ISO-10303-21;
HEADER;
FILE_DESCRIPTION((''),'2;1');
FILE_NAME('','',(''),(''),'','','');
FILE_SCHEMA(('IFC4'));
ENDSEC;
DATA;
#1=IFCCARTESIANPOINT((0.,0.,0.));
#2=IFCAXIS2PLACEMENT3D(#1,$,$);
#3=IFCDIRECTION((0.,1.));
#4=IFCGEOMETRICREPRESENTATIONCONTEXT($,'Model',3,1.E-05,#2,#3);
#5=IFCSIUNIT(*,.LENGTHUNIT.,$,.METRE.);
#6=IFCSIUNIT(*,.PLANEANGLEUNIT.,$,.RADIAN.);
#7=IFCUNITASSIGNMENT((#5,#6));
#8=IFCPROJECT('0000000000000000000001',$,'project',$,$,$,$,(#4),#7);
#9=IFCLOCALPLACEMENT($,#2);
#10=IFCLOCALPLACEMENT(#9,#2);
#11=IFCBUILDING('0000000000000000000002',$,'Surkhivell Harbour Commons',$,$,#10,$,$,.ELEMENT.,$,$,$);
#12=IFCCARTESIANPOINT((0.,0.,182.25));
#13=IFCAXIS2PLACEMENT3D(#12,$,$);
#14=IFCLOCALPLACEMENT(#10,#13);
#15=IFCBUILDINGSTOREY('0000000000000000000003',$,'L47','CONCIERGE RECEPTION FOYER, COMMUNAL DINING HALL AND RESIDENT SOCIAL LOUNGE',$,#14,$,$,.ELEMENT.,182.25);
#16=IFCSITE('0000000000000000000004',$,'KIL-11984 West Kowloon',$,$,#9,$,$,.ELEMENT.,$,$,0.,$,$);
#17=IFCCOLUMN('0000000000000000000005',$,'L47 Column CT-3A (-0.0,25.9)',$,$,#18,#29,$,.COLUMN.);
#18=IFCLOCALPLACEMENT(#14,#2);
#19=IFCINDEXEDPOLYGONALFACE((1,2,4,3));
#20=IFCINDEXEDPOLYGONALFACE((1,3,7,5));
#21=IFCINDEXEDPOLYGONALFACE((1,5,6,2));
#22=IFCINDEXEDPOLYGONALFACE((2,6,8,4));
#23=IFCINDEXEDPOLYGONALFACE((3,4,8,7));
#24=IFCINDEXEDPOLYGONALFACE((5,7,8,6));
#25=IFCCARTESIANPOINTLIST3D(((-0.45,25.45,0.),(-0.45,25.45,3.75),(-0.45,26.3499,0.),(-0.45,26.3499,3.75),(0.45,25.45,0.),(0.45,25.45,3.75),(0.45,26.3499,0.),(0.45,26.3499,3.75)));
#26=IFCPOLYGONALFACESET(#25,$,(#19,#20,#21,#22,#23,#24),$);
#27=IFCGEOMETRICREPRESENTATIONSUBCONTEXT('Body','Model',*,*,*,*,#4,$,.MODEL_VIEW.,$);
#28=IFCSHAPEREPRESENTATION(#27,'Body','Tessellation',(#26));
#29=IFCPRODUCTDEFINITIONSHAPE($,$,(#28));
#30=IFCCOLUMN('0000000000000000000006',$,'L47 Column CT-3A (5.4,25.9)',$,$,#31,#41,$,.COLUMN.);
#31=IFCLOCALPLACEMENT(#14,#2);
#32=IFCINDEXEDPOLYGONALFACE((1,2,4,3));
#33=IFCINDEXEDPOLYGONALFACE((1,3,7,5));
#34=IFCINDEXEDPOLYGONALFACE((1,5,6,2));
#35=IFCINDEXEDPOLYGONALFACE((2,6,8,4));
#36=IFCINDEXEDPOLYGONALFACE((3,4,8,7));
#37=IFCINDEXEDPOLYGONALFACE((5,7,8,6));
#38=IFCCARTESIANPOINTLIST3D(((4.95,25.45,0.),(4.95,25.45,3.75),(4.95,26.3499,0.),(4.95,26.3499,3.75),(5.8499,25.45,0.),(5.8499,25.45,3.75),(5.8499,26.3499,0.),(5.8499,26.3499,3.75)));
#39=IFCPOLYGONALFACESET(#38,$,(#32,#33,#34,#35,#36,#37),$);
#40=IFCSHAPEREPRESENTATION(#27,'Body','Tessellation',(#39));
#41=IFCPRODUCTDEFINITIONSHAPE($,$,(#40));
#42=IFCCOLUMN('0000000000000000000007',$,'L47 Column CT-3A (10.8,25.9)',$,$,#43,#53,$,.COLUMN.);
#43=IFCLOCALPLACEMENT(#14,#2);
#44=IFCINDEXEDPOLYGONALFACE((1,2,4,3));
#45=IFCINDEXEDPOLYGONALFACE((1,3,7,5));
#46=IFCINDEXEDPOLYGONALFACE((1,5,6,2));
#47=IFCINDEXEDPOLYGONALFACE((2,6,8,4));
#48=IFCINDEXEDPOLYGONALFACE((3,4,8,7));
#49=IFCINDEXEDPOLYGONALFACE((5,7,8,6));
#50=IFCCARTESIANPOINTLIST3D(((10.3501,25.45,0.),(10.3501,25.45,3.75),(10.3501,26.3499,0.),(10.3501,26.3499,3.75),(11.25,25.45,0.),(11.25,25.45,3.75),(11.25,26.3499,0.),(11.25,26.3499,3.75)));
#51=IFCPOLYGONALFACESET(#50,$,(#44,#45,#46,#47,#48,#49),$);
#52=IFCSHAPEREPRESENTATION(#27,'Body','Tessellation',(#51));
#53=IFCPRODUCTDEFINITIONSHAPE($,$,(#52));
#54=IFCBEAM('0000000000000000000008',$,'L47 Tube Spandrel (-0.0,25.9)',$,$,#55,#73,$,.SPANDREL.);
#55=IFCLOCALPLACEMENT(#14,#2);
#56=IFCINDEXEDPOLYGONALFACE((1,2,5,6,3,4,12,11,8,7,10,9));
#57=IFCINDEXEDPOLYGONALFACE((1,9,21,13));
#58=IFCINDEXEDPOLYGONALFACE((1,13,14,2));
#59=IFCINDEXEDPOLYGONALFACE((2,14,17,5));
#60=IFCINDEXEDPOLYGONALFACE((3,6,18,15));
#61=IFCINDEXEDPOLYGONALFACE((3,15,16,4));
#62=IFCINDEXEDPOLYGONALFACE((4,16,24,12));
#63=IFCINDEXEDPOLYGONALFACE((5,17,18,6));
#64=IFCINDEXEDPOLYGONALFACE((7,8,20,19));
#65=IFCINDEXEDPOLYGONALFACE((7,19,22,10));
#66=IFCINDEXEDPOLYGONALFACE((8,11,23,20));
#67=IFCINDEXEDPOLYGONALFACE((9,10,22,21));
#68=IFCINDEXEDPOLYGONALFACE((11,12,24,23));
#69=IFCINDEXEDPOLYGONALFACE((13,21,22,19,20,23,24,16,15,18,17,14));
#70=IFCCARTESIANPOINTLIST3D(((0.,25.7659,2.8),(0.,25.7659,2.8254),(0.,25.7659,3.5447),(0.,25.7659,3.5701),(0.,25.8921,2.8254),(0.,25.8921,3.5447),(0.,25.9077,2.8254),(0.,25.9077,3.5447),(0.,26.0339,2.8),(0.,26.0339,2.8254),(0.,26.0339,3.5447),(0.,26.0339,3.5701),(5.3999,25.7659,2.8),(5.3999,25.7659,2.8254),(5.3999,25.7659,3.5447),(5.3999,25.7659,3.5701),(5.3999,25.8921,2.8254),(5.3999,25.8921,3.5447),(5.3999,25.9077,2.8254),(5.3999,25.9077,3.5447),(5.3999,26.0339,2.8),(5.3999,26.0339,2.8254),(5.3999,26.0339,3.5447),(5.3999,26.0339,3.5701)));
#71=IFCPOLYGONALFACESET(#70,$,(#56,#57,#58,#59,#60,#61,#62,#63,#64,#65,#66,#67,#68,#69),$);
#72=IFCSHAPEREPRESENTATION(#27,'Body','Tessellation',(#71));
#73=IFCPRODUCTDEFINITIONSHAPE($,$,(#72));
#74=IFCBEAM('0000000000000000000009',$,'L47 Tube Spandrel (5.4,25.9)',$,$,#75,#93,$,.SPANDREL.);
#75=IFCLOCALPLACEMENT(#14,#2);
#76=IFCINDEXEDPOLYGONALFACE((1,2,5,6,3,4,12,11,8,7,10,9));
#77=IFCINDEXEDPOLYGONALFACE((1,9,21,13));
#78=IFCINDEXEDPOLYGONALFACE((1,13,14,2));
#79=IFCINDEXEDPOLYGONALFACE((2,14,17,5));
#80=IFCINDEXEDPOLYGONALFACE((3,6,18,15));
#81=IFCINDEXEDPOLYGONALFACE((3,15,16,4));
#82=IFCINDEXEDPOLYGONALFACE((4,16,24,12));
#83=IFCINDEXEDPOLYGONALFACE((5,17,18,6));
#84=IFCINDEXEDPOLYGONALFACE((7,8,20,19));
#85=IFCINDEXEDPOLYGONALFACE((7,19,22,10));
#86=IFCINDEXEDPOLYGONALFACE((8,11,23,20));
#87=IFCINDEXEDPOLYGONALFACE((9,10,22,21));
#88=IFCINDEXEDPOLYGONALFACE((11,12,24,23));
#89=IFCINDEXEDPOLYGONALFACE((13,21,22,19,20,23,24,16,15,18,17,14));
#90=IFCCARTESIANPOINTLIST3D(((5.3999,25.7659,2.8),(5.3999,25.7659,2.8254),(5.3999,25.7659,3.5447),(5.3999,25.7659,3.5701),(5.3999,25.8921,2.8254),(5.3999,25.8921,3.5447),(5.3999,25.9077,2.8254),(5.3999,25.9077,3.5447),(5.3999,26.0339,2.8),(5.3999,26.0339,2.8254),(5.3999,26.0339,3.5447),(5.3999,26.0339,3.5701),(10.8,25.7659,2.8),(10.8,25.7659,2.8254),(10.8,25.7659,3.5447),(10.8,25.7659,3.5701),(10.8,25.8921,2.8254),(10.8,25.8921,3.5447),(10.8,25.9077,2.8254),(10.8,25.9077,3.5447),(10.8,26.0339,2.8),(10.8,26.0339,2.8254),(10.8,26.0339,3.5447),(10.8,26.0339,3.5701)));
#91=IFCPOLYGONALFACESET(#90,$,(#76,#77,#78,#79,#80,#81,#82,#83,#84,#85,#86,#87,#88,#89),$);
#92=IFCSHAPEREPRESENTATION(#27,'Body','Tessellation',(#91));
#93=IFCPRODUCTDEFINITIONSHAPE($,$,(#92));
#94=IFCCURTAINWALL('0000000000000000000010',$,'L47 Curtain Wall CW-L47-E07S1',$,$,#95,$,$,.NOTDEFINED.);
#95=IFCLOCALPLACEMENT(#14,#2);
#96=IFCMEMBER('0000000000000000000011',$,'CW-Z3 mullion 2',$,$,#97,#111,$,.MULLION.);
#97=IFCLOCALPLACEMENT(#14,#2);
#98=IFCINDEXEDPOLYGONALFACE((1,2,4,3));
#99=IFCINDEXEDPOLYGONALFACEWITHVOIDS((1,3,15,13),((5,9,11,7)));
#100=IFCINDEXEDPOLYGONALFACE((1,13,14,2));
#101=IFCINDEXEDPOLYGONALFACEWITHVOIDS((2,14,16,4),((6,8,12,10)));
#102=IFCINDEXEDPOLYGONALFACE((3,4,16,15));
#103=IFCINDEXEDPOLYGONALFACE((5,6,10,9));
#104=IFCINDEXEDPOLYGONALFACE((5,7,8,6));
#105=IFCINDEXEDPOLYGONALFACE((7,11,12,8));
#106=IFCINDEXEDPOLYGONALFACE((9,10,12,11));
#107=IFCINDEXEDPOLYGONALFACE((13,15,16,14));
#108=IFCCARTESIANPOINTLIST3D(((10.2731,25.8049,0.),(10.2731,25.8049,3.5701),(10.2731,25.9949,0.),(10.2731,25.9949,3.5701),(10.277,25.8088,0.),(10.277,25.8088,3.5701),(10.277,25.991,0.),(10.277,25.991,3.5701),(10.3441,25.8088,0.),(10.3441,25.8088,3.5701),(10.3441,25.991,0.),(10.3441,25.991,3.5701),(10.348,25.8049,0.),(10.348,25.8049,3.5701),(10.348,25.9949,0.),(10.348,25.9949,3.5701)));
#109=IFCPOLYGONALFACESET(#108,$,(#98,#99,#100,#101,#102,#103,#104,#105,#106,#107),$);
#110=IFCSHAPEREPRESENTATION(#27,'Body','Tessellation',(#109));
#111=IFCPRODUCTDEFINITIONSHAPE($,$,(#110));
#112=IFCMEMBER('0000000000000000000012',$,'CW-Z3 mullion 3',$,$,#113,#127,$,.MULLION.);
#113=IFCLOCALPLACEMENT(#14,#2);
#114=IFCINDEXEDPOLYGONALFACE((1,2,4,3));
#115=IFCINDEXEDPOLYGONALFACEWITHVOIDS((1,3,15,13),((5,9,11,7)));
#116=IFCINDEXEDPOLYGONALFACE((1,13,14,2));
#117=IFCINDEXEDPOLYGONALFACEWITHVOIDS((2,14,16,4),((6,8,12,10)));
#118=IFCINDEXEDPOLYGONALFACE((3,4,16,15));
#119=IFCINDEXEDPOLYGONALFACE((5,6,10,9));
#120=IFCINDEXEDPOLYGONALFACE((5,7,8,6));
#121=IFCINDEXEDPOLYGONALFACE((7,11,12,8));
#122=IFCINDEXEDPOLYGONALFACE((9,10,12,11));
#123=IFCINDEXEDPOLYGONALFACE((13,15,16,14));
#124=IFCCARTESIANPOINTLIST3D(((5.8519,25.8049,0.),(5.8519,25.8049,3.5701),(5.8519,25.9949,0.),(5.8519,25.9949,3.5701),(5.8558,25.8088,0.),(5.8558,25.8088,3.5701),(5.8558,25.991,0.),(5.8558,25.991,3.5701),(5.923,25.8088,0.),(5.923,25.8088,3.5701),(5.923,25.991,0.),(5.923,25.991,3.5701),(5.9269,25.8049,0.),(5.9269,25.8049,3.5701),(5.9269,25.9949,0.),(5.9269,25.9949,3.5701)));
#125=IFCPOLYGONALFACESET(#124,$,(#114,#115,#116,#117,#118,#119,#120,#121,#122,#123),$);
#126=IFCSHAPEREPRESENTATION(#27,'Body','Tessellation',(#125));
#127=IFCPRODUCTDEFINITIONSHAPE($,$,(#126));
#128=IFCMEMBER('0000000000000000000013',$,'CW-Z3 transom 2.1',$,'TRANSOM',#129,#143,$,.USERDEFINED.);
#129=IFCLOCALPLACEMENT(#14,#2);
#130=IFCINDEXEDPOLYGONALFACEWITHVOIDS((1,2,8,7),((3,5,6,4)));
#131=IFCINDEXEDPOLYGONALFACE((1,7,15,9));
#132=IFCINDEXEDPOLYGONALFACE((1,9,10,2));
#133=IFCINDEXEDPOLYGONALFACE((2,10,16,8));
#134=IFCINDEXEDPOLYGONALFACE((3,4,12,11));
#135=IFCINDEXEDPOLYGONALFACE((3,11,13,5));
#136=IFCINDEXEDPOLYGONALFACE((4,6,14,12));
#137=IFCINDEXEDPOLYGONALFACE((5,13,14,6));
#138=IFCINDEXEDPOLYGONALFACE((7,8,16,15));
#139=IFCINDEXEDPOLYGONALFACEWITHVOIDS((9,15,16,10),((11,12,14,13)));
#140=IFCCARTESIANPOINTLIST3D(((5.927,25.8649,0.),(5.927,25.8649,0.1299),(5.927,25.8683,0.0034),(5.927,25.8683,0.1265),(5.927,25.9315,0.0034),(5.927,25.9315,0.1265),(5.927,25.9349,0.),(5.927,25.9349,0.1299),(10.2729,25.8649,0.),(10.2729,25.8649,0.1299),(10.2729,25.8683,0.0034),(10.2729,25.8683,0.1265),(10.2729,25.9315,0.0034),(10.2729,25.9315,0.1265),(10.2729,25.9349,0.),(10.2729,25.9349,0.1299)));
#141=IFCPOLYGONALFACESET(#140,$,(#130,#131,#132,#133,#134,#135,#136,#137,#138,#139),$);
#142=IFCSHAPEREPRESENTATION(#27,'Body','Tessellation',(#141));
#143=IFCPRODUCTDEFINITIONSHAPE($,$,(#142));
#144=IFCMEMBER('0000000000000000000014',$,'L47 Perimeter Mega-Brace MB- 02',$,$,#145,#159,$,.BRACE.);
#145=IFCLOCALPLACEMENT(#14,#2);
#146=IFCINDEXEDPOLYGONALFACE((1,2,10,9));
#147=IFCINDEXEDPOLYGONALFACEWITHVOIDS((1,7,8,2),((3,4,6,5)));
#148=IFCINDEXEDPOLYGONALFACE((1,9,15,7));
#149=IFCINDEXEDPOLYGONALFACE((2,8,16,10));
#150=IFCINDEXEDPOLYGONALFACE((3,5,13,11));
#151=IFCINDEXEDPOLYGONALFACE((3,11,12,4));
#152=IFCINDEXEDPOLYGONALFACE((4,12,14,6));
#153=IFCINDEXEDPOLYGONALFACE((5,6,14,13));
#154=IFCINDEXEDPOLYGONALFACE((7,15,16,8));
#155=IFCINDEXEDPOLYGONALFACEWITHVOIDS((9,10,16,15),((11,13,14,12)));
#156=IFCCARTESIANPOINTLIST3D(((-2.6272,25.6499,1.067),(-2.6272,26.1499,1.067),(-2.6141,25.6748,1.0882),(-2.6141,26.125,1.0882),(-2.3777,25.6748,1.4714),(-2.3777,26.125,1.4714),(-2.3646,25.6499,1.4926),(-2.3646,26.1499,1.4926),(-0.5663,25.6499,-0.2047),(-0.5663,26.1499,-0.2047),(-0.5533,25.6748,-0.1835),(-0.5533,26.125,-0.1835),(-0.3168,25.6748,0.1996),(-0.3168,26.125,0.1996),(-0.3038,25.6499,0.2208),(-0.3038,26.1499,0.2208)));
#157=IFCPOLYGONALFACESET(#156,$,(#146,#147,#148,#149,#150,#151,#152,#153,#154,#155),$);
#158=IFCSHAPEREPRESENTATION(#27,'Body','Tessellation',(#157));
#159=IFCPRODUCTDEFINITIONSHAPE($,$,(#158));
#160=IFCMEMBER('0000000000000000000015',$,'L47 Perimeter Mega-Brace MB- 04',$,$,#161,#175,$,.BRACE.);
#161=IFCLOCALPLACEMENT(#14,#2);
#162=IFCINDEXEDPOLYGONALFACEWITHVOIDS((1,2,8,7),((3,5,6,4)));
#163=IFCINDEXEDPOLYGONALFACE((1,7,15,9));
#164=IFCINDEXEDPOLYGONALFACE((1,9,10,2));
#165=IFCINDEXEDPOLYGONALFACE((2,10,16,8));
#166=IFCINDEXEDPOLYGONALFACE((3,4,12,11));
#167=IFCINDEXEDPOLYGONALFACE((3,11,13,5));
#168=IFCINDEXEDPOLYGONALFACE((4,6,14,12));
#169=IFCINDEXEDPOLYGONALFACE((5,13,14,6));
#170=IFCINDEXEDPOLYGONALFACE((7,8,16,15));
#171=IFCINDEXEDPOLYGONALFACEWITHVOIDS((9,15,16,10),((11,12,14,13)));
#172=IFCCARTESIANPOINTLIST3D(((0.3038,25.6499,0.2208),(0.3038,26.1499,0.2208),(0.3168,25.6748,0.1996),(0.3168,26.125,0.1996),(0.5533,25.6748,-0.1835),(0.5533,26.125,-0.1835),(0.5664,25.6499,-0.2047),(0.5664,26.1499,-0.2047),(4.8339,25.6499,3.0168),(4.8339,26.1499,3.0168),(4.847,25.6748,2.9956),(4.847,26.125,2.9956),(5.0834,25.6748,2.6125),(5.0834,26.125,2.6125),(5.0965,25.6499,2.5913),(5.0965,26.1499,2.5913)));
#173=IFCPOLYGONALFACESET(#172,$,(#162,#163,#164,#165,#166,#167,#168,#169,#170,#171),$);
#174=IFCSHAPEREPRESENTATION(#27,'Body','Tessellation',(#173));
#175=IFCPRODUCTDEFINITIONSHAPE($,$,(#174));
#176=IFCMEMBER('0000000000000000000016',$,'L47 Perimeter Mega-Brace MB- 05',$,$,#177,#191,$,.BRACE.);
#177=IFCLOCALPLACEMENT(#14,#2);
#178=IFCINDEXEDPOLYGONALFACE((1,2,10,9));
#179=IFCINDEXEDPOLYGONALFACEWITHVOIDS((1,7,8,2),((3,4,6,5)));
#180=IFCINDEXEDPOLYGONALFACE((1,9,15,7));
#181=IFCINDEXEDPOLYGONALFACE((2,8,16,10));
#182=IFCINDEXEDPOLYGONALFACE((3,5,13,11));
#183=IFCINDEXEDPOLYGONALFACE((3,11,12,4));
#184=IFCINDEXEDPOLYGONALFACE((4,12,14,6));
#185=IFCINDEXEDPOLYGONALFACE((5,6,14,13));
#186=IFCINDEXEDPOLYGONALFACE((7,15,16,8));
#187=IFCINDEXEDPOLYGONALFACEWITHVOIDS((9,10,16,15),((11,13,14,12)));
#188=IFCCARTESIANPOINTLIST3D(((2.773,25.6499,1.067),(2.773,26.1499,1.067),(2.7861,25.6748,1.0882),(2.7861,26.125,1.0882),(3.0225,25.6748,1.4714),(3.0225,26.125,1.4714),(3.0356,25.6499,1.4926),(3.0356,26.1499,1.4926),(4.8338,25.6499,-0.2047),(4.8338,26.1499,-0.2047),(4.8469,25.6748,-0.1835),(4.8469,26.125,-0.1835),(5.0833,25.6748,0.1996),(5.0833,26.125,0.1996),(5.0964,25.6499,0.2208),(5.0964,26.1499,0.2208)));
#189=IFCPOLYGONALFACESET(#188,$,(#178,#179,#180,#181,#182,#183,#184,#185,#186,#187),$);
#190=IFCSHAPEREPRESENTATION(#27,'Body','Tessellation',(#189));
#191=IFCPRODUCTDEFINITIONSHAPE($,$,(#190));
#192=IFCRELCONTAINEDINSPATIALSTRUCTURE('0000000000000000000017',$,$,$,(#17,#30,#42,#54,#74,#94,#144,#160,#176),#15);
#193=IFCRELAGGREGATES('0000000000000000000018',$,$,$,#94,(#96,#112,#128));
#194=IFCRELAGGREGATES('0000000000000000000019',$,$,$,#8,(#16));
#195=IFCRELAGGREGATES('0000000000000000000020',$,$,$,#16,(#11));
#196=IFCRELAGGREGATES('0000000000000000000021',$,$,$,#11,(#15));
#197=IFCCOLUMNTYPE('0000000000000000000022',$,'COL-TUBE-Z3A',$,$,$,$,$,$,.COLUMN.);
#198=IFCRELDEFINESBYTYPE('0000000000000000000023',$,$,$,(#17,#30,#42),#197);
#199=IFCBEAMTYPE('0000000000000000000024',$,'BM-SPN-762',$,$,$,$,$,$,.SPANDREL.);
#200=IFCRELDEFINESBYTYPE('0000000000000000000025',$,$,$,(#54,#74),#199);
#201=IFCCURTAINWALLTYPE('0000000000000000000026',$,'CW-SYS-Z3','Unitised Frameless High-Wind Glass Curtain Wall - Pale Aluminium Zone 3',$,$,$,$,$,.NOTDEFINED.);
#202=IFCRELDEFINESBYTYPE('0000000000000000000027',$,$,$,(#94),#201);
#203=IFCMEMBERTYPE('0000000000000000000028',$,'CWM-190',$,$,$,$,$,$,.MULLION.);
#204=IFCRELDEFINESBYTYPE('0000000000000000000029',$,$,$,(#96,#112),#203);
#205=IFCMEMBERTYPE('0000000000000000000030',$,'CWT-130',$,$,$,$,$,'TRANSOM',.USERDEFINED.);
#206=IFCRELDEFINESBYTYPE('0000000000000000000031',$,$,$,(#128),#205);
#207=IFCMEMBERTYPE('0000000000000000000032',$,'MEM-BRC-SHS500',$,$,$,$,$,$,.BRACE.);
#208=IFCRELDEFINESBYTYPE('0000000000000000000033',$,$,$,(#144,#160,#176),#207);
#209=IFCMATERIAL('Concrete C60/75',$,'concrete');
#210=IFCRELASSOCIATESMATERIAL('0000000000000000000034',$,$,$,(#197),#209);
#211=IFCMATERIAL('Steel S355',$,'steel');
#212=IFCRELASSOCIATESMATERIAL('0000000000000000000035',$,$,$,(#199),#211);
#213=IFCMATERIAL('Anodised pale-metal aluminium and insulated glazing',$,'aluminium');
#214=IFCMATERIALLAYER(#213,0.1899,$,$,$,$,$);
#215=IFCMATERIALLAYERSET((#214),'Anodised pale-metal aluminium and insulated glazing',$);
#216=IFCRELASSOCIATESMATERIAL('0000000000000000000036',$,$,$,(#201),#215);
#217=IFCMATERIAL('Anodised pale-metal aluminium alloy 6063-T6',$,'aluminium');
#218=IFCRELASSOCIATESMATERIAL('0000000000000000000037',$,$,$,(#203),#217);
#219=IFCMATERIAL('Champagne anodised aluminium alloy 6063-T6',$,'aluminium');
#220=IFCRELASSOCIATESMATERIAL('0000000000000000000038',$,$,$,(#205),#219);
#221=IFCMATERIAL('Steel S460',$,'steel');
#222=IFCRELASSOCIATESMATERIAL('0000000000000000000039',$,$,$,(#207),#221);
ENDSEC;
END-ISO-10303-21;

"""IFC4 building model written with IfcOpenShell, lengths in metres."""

from ifc_helpers import new_model, si_unit, direction, frame, origin, origin_2d, place, context, subcontext, project, spatial, rectangle, hollow_rectangle, i_section, extrude, material, layer, layer_set, material_profile, profile_set, type_object, element, aggregate, save


model = new_model("IFC4")

# Units and contexts
model_context = context("Model", 3, precision=1e-05, world=origin(), true_north=direction((0.0, 1.0)))
body_context = subcontext(model_context, "Body", "Model", "MODEL_VIEW")
ifc_project = project(units=[si_unit("LENGTHUNIT", "METRE"), si_unit("PLANEANGLEUNIT", "RADIAN")], contexts=[model_context])

# Site, building, storey
site_placement = place(None, origin())
site = spatial("IfcSite", under=ifc_project, at=site_placement, Name="KIL-11984 West Kowloon", CompositionType="ELEMENT", RefElevation=0.0)
building_placement = place(site_placement, origin())
building = spatial("IfcBuilding", under=site, at=building_placement, Name="Surkhivell Harbour Commons", CompositionType="ELEMENT")
storey_placement = place(building_placement, frame((0.0, 0.0, 182.25)))
storey = spatial("IfcBuildingStorey", under=building, at=storey_placement, Name="L47", Description="CONCIERGE RECEPTION FOYER, COMMUNAL DINING HALL AND RESIDENT SOCIAL LOUNGE", CompositionType="ELEMENT", Elevation=182.25)

# Columns
ifc_material_1 = material(Name="Concrete C60/75", Category="concrete")
ifc_material_profile_1 = material_profile(ifc_material_1, rectangle(XDim=0.8999, YDim=0.8999, at=origin_2d()), Name="RC-COL-900x900")
ifc_profile_set_1 = profile_set([ifc_material_profile_1], Name="Concrete C60/75")
column_type = type_object("IfcColumnType", Name="COL-TUBE-Z3A", PredefinedType="COLUMN", material=ifc_profile_set_1)
for number, where, z_axis, x_axis, name in (
    (1, (0.0, 25.8999, 0.0), (0.0, 0.0, 1.0), (1.0, 0.0, 0.0), "L47 Column CT-3A (-0.0,25.9)"),
    (2, (5.3999, 25.8999, 0.0), (0.0, 0.0, 1.0), (1.0, 0.0, 0.0), "L47 Column CT-3A (5.4,25.9)"),
    (3, (10.8, 25.8999, 0.0), (0.0, 0.0, 1.0), (1.0, 0.0, 0.0), "L47 Column CT-3A (10.8,25.9)"),
):
    element("IfcColumn", number, at=place(storey_placement, frame(where, z_axis=z_axis, x_axis=x_axis)), inside=storey, type_object=column_type, Name=name, PredefinedType="COLUMN", context=body_context, shape_type="SweptSolid", body=[
        extrude(rectangle(XDim=0.8999, YDim=0.8999, at=origin_2d()), origin(), (0.0, 0.0, 1.0), 3.75),
    ])

# Beams
ifc_material_2 = material(Name="Steel S355", Category="steel")
ifc_material_profile_2 = material_profile(ifc_material_2, i_section(OverallWidth=0.2681, OverallDepth=0.77, WebThickness=0.0156, FlangeThickness=0.0254, at=origin_2d()), Name="UB762x267x197")
ifc_profile_set_2 = profile_set([ifc_material_profile_2], Name="Steel S355")
beam_type = type_object("IfcBeamType", Name="BM-SPN-762", PredefinedType="SPANDREL", material=ifc_profile_set_2)
beam_1_placement = place(storey_placement, frame((0.0, 25.8999, 3.1851), z_axis=(1.0, 0.0, 0.0), x_axis=(0.0, 1.0, 0.0)))
element("IfcBeam", 4, at=beam_1_placement, inside=storey, type_object=beam_type, Name="L47 Tube Spandrel (-0.0,25.9)", PredefinedType="SPANDREL", context=body_context, shape_type="SweptSolid", body=[
    extrude(i_section(OverallWidth=0.2681, OverallDepth=0.77, WebThickness=0.0156, FlangeThickness=0.0254, at=origin_2d()), origin(), (0.0, 0.0, 1.0), 5.3999),
])
beam_2_placement = place(storey_placement, frame((5.3999, 25.8999, 3.1851), z_axis=(1.0, 0.0, 0.0), x_axis=(0.0, 1.0, 0.0)))
element("IfcBeam", 5, at=beam_2_placement, inside=storey, type_object=beam_type, Name="L47 Tube Spandrel (5.4,25.9)", PredefinedType="SPANDREL", context=body_context, shape_type="SweptSolid", body=[
    extrude(i_section(OverallWidth=0.2681, OverallDepth=0.77, WebThickness=0.0156, FlangeThickness=0.0254, at=origin_2d()), origin(), (0.0, 0.0, 1.0), 5.4001),
])

# Curtain wall, members
ifc_material_3 = material(Name="Anodised pale-metal aluminium and insulated glazing", Category="aluminium")
ifc_layer_1 = layer(ifc_material_3, 0.1899)
ifc_layer_set_1 = layer_set([ifc_layer_1], Name="Anodised pale-metal aluminium and insulated glazing")
curtain_wall_type = type_object("IfcCurtainWallType", Name="CW-SYS-Z3", Description="Unitised Frameless High-Wind Glass Curtain Wall - Pale Aluminium Zone 3", PredefinedType="NOTDEFINED", material=ifc_layer_set_1)
curtain_wall_placement = place(storey_placement, origin())
curtain_wall = element("IfcCurtainWall", 6, at=curtain_wall_placement, inside=storey, type_object=curtain_wall_type, Name="L47 Curtain Wall CW-L47-E07S1", PredefinedType="NOTDEFINED")
ifc_material_4 = material(Name="Anodised pale-metal aluminium alloy 6063-T6", Category="aluminium")
ifc_material_profile_3 = material_profile(ifc_material_4, hollow_rectangle(XDim=0.075, YDim=0.1899, WallThickness=0.0039, at=origin_2d()), Name="ALU-MULL-75x190")
ifc_profile_set_3 = profile_set([ifc_material_profile_3], Name="Anodised pale-metal aluminium alloy 6063-T6")
member_type_1 = type_object("IfcMemberType", Name="CWM-190", PredefinedType="MULLION", material=ifc_profile_set_3)
member_1_placement = place(storey_placement, frame((10.3105, 25.8999, 0.0), z_axis=(0.0, 0.0, 1.0), x_axis=(-1.0, 0.0, 0.0)))
member_1 = element("IfcMember", 7, at=member_1_placement, type_object=member_type_1, Name="CW-Z3 mullion 2", PredefinedType="MULLION", context=body_context, shape_type="SweptSolid", body=[
    extrude(hollow_rectangle(XDim=0.075, YDim=0.1899, WallThickness=0.0039, at=origin_2d()), origin(), (0.0, 0.0, 1.0), 3.5701),
])
member_2_placement = place(storey_placement, frame((5.8894, 25.8999, 0.0), z_axis=(0.0, 0.0, 1.0), x_axis=(-1.0, 0.0, 0.0)))
member_2 = element("IfcMember", 8, at=member_2_placement, type_object=member_type_1, Name="CW-Z3 mullion 3", PredefinedType="MULLION", context=body_context, shape_type="SweptSolid", body=[
    extrude(hollow_rectangle(XDim=0.075, YDim=0.1899, WallThickness=0.0039, at=origin_2d()), origin(), (0.0, 0.0, 1.0), 3.5701),
])
ifc_material_5 = material(Name="Champagne anodised aluminium alloy 6063-T6", Category="aluminium")
ifc_material_profile_4 = material_profile(ifc_material_5, hollow_rectangle(XDim=0.0701, YDim=0.1299, WallThickness=0.0034, at=origin_2d()), Name="ALU-TRAN-70x130")
ifc_profile_set_4 = profile_set([ifc_material_profile_4], Name="Champagne anodised aluminium alloy 6063-T6")
member_type_2 = type_object("IfcMemberType", Name="CWT-130", ElementType="TRANSOM", PredefinedType="USERDEFINED", material=ifc_profile_set_4)
member_3_placement = place(storey_placement, frame((10.2729, 25.8999, 0.0649), z_axis=(-1.0, 0.0, 0.0), x_axis=(0.0, -1.0, 0.0)))
member_3 = element("IfcMember", 9, at=member_3_placement, type_object=member_type_2, Name="CW-Z3 transom 2.1", ObjectType="TRANSOM", PredefinedType="USERDEFINED", context=body_context, shape_type="SweptSolid", body=[
    extrude(hollow_rectangle(XDim=0.0701, YDim=0.1299, WallThickness=0.0034, at=origin_2d()), origin(), (0.0, 0.0, 1.0), 4.3459),
])

# Members
ifc_material_6 = material(Name="Steel S460", Category="steel")
ifc_material_profile_5 = material_profile(ifc_material_6, hollow_rectangle(XDim=0.5, YDim=0.5, WallThickness=0.0249, at=origin_2d()), Name="SHS500x500x25")
ifc_profile_set_5 = profile_set([ifc_material_profile_5], Name="Steel S460")
member_type_3 = type_object("IfcMemberType", Name="MEM-BRC-SHS500", PredefinedType="BRACE", material=ifc_profile_set_5)
member_4_placement = place(storey_placement, frame((-0.4351, 25.8999, 0.0081), z_axis=(-0.851003, 0.0, 0.52516), x_axis=(0.0, -1.0, 0.0)))
element("IfcMember", 10, at=member_4_placement, inside=storey, type_object=member_type_3, Name="L47 Perimeter Mega-Brace MB- 02", PredefinedType="BRACE", context=body_context, shape_type="SweptSolid", body=[
    extrude(hollow_rectangle(XDim=0.5, YDim=0.5, WallThickness=0.0249, at=origin_2d()), origin(), (0.0, 0.0, 1.0), 2.4216),
])
member_5_placement = place(storey_placement, frame((0.4351, 25.8999, 0.0081), z_axis=(0.850971, 0.0, 0.525213), x_axis=(0.0, 1.0, 0.0)))
element("IfcMember", 11, at=member_5_placement, inside=storey, type_object=member_type_3, Name="L47 Perimeter Mega-Brace MB- 04", PredefinedType="BRACE", context=body_context, shape_type="SweptSolid", body=[
    extrude(hollow_rectangle(XDim=0.5, YDim=0.5, WallThickness=0.0249, at=origin_2d()), origin(), (0.0, 0.0, 1.0), 5.3235),
])
for number, where, z_axis, x_axis, name in (
    (12, (4.9651, 25.8999, 0.0081), (-0.851003, 0.0, 0.52516), (0.0, -1.0, 0.0), "L47 Perimeter Mega-Brace MB- 05"),
):
    element("IfcMember", number, at=place(storey_placement, frame(where, z_axis=z_axis, x_axis=x_axis)), inside=storey, type_object=member_type_3, Name=name, PredefinedType="BRACE", context=body_context, shape_type="SweptSolid", body=[
        extrude(hollow_rectangle(XDim=0.5, YDim=0.5, WallThickness=0.0249, at=origin_2d()), origin(), (0.0, 0.0, 1.0), 2.4216),
    ])

aggregate(curtain_wall, [member_1, member_2, member_3])

save(model, "model.ifc")
